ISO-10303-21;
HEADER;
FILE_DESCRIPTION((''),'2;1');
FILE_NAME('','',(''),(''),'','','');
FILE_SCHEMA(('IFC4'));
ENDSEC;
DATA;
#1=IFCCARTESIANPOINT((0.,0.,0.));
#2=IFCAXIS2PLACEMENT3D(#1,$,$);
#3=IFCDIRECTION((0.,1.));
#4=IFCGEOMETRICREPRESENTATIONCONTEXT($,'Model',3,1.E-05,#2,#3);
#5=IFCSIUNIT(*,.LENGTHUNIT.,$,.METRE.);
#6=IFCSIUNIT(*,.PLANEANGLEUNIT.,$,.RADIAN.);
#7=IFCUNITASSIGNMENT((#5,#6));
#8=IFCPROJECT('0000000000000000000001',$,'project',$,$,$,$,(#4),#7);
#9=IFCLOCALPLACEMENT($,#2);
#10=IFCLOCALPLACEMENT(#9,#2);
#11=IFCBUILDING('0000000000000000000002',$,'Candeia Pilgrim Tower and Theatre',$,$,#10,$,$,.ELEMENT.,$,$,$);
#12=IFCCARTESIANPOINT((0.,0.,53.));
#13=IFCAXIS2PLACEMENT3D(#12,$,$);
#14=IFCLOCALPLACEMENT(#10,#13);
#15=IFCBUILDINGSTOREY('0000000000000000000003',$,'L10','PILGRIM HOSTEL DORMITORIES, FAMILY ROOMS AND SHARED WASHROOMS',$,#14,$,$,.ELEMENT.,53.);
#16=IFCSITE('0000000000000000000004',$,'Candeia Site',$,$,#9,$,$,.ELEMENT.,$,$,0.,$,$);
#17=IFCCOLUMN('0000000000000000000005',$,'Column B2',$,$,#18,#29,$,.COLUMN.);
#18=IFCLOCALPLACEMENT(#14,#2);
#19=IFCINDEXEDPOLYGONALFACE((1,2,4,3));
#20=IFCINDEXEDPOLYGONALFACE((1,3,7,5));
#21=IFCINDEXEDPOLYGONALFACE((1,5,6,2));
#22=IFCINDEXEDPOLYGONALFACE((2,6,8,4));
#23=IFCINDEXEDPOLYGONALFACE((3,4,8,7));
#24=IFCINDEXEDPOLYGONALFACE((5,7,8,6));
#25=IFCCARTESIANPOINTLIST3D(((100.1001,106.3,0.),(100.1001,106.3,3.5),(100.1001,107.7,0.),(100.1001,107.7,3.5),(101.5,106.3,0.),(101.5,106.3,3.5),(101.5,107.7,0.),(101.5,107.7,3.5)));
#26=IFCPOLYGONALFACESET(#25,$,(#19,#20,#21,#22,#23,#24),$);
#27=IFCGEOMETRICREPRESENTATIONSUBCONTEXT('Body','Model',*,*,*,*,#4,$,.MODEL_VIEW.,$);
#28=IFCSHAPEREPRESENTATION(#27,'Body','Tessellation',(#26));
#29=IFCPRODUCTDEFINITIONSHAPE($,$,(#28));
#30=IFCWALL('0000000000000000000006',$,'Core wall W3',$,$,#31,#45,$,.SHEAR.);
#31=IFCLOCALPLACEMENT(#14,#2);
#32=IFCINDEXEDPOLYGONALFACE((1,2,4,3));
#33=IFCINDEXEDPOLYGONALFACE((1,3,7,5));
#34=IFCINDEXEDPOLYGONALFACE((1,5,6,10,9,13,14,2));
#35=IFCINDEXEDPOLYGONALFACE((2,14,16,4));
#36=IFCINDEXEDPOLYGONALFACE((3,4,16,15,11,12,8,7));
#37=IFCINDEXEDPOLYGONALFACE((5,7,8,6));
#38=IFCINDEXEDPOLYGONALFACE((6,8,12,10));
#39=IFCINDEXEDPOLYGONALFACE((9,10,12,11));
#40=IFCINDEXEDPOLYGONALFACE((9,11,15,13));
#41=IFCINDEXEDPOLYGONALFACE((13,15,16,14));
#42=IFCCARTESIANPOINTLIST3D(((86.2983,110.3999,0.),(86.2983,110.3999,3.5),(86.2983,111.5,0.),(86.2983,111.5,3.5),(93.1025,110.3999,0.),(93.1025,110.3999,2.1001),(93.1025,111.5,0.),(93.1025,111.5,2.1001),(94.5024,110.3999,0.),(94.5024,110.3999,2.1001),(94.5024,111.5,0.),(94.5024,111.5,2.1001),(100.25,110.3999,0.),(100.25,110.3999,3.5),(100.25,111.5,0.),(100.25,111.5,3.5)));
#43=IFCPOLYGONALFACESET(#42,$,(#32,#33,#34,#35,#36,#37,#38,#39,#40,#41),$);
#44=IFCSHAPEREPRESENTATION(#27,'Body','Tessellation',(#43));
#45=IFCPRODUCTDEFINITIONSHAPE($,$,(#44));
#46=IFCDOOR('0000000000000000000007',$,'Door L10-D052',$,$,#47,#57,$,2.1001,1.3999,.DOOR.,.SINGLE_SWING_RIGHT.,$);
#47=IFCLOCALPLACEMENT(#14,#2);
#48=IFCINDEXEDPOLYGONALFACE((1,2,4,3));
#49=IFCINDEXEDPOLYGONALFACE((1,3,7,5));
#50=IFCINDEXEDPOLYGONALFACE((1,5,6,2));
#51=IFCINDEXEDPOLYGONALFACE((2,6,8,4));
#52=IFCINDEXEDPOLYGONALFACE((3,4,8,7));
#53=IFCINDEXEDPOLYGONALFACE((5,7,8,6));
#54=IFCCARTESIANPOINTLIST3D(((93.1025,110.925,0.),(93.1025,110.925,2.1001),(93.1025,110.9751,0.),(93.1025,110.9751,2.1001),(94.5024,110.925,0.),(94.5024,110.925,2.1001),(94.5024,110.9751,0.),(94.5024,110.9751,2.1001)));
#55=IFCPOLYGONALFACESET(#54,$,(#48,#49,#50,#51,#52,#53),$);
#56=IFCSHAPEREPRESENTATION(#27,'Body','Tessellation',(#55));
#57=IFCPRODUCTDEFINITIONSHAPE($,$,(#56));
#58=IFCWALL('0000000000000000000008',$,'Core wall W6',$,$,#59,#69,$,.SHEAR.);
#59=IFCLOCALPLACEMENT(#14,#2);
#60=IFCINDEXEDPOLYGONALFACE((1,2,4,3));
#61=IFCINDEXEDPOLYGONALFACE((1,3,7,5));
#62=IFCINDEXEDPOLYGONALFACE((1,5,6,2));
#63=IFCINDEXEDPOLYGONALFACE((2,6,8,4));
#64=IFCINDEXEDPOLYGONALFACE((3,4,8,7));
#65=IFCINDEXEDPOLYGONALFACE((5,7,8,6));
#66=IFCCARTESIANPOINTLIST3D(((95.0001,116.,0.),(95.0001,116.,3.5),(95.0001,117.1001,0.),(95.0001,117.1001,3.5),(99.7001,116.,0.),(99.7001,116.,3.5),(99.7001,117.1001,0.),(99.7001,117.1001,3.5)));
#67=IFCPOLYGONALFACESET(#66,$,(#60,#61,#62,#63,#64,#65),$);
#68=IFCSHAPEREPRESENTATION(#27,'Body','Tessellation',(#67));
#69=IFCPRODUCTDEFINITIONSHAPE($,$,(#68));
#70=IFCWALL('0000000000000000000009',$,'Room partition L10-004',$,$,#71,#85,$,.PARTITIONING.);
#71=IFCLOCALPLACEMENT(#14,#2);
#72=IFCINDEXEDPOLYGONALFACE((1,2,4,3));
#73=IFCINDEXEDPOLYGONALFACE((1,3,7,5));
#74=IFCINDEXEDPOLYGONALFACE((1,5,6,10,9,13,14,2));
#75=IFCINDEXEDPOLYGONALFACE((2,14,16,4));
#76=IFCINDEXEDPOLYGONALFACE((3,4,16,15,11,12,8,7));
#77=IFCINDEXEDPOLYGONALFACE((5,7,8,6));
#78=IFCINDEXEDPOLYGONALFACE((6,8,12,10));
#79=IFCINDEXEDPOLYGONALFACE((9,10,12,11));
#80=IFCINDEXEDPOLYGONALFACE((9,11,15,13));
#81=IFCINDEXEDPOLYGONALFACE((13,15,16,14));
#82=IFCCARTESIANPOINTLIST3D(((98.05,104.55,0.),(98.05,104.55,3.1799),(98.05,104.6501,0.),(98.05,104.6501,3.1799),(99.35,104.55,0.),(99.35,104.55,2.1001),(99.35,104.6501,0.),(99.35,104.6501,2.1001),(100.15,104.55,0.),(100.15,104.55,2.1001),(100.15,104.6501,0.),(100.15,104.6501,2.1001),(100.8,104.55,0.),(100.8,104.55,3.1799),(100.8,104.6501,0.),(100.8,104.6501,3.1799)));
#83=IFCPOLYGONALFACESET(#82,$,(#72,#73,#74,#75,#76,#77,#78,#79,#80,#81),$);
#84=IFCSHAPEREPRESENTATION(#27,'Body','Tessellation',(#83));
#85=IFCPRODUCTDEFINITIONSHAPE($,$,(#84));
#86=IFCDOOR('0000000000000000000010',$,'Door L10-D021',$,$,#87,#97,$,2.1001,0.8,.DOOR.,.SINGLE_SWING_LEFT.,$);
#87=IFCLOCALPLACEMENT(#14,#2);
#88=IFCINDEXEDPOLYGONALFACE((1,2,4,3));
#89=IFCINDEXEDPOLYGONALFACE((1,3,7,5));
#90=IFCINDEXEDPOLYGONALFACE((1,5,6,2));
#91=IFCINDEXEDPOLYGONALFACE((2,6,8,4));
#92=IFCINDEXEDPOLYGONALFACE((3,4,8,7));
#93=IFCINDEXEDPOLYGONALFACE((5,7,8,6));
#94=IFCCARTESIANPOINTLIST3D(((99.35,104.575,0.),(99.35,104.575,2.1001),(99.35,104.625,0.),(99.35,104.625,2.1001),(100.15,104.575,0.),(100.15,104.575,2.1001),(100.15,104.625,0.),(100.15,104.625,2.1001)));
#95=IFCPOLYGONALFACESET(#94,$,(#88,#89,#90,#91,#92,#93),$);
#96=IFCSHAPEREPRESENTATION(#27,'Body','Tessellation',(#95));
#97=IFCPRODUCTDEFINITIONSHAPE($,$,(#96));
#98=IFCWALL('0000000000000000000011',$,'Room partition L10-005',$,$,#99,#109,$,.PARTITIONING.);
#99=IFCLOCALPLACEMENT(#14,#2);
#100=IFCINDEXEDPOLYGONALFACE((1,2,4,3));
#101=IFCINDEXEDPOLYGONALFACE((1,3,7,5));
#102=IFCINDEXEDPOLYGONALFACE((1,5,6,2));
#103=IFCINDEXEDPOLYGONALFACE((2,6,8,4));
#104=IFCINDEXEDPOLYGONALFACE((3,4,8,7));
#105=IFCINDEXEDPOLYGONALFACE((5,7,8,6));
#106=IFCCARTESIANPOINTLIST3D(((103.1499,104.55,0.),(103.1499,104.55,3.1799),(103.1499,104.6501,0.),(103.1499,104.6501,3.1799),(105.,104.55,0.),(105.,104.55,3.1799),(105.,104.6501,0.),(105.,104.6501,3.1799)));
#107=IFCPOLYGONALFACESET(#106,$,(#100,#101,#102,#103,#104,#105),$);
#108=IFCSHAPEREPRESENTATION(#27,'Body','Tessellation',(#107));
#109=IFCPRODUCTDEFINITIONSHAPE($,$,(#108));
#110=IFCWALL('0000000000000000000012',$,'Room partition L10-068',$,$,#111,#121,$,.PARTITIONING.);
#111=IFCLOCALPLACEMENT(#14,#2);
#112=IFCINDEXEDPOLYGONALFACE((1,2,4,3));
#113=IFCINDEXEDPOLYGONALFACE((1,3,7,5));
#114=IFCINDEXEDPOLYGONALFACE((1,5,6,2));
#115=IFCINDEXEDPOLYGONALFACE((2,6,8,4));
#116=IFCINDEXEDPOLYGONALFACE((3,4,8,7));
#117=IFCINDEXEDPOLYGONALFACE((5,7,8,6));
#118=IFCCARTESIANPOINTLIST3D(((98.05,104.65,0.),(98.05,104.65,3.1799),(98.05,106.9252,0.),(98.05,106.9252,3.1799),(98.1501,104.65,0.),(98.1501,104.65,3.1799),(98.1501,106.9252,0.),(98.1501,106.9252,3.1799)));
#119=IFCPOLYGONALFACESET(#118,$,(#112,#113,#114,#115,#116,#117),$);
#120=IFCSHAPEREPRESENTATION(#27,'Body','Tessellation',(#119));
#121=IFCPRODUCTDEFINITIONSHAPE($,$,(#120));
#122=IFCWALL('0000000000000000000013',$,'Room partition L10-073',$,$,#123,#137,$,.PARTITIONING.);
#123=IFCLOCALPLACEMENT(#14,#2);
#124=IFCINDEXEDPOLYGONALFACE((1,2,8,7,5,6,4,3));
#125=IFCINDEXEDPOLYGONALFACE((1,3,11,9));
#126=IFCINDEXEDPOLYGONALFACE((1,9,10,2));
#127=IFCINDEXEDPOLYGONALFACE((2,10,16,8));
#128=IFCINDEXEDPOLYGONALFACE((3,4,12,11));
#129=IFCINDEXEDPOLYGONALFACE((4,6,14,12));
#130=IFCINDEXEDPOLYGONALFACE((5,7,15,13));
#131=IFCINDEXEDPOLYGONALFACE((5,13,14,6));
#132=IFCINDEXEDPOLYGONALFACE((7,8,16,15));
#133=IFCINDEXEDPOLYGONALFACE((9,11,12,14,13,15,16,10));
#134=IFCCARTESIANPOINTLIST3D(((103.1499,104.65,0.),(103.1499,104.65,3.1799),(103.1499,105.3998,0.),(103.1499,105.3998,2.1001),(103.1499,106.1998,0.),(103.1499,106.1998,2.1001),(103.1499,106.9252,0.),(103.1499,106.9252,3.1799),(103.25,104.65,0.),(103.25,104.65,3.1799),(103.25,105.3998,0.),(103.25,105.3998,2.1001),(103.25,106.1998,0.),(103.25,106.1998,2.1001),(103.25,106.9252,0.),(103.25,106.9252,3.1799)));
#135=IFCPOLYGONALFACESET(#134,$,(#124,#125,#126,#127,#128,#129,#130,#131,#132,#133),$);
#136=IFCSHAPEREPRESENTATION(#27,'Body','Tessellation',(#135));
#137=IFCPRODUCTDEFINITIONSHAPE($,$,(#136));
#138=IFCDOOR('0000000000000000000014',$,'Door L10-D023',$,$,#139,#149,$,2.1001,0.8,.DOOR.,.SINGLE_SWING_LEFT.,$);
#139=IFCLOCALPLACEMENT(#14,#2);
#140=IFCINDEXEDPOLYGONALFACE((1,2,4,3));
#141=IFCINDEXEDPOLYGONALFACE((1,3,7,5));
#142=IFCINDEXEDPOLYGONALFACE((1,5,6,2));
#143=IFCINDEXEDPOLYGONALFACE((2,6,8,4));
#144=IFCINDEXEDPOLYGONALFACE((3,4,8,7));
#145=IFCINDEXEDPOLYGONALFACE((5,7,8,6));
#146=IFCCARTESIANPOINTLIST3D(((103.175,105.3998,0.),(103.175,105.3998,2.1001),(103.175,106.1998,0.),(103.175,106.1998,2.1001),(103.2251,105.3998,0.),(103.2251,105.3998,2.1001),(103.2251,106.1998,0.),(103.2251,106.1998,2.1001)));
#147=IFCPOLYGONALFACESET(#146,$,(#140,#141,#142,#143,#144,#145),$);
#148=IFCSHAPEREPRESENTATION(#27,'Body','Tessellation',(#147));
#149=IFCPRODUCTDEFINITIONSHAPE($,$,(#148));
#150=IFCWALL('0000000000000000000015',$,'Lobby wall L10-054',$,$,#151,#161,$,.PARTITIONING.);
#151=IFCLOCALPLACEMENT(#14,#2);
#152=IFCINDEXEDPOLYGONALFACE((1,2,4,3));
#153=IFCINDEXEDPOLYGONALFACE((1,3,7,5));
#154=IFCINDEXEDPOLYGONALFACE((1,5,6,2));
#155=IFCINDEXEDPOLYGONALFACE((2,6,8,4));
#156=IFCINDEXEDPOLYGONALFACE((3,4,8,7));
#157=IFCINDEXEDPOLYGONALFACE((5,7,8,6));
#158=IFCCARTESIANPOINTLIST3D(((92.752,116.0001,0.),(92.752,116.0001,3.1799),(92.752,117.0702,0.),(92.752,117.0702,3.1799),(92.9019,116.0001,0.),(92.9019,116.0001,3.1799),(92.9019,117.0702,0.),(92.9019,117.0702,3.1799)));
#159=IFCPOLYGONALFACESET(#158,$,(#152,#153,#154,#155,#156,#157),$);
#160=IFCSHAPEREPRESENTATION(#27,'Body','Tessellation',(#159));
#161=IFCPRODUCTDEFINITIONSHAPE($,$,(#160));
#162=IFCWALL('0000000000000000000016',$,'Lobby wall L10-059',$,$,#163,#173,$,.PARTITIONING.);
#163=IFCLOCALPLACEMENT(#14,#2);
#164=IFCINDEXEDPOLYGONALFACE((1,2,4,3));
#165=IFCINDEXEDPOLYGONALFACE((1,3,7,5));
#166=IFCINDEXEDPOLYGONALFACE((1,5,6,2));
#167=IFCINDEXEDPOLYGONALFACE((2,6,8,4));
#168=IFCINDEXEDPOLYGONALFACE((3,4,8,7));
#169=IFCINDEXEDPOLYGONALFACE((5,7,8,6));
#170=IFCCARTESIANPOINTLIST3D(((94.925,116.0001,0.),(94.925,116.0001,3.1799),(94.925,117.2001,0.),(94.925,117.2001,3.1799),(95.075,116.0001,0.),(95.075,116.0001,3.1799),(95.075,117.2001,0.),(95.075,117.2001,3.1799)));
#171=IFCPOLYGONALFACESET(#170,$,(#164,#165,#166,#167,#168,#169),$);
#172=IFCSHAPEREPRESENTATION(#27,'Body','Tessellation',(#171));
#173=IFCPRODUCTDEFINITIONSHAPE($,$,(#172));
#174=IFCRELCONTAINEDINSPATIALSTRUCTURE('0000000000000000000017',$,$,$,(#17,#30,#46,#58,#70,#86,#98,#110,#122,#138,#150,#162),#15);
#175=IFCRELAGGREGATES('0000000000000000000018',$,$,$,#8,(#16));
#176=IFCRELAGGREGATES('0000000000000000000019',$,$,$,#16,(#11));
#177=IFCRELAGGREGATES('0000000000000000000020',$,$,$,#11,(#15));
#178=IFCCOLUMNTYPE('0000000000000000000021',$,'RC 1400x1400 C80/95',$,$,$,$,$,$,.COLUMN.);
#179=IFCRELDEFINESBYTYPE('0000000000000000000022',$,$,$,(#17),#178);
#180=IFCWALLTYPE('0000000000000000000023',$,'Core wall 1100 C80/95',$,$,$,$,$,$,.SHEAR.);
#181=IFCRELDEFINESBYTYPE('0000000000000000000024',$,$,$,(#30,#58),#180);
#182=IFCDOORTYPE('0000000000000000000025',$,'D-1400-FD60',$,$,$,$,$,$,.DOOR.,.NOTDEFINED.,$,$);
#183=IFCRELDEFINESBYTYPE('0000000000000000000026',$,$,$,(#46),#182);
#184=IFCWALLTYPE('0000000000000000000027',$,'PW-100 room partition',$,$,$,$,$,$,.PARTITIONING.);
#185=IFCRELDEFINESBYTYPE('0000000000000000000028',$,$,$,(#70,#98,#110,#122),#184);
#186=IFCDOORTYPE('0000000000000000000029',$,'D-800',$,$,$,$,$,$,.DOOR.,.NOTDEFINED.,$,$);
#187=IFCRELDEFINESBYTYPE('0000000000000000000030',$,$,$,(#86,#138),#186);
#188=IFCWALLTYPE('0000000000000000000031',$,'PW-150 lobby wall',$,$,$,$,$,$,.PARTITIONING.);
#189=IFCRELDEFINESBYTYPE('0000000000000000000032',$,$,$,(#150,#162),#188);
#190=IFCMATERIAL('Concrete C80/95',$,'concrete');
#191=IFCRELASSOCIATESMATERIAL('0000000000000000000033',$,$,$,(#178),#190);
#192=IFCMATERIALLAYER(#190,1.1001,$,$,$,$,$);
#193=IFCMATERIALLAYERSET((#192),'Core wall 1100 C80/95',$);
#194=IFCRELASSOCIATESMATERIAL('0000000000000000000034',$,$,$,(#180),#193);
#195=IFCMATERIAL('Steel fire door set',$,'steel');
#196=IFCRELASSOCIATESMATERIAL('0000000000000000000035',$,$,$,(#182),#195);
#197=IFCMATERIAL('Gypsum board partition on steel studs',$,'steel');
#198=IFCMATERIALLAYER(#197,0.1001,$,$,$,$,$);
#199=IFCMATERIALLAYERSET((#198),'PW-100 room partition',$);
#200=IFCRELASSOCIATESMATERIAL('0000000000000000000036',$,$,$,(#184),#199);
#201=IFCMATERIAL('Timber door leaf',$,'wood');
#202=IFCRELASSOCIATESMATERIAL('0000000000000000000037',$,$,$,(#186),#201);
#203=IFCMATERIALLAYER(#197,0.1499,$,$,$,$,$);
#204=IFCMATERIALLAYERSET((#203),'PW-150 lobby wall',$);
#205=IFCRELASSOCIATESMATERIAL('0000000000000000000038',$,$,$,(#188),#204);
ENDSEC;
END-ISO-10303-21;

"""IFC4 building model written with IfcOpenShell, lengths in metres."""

from ifc_helpers import new_model, si_unit, direction, frame, frame_2d, origin, origin_2d, place, context, subcontext, project, spatial, rectangle, extrude, material, layer, layer_set, material_profile, profile_set, type_object, element, fill, save


model = new_model("IFC4")

# Units and contexts
model_context = context("Model", 3, precision=1e-05, world=origin(), true_north=direction((0.0, 1.0)))
body_context = subcontext(model_context, "Body", "Model", "MODEL_VIEW")
ifc_project = project(units=[si_unit("LENGTHUNIT", "METRE"), si_unit("PLANEANGLEUNIT", "RADIAN")], contexts=[model_context])

# Site, building, storey
site_placement = place(None, origin())
site = spatial("IfcSite", under=ifc_project, at=site_placement, Name="Candeia Site", CompositionType="ELEMENT", RefElevation=0.0)
building_placement = place(site_placement, origin())
building = spatial("IfcBuilding", under=site, at=building_placement, Name="Candeia Pilgrim Tower and Theatre", CompositionType="ELEMENT")
storey_placement = place(building_placement, frame((0.0, 0.0, 53.0)))
storey = spatial("IfcBuildingStorey", under=building, at=storey_placement, Name="L10", Description="PILGRIM HOSTEL DORMITORIES, FAMILY ROOMS AND SHARED WASHROOMS", CompositionType="ELEMENT", Elevation=53.0)

# Column
ifc_material_1 = material(Name="Concrete C80/95", Category="concrete")
ifc_material_profile = material_profile(ifc_material_1, rectangle(XDim=1.3999, YDim=1.3999, at=origin_2d()))
ifc_profile_set = profile_set([ifc_material_profile], Name="Concrete C80/95")
column_type = type_object("IfcColumnType", Name="RC 1400x1400 C80/95", PredefinedType="COLUMN", material=ifc_profile_set)
column_placement = place(storey_placement, frame((100.8, 107.0, 0.0), z_axis=(0.0, 0.0, 1.0), x_axis=(1.0, 0.0, 0.0)))
element("IfcColumn", 1, at=column_placement, inside=storey, type_object=column_type, Name="Column B2", PredefinedType="COLUMN", context=body_context, shape_type="SweptSolid", body=[
    extrude(rectangle(XDim=1.3999, YDim=1.3999, at=origin_2d()), origin(), (0.0, 0.0, 1.0), 3.5),
])

# Wall, opening, door
ifc_layer_1 = layer(ifc_material_1, 1.1001)
ifc_layer_set_1 = layer_set([ifc_layer_1], Name="Core wall 1100 C80/95")
wall_type_1 = type_object("IfcWallType", Name="Core wall 1100 C80/95", PredefinedType="SHEAR", material=ifc_layer_set_1)
wall_1_placement = place(storey_placement, frame((100.25, 110.95, 0.0), z_axis=(0.0, 0.0, 1.0), x_axis=(-1.0, 0.0, 0.0)))
wall_1 = element("IfcWall", 2, at=wall_1_placement, inside=storey, type_object=wall_type_1, Name="Core wall W3", PredefinedType="SHEAR", context=body_context, shape_type="SweptSolid", body=[
    extrude(rectangle(XDim=13.9517, YDim=1.1001, at=frame_2d((6.9758, 0.0))), origin(), (0.0, 0.0, 1.0), 3.5),
])
opening_1_placement = place(wall_1_placement, frame((5.7476, 0.0, 0.0)))
opening_1 = element("IfcOpeningElement", 3, at=opening_1_placement, cuts=wall_1, PredefinedType="OPENING", context=body_context, shape_type="SweptSolid", body=[
    extrude(rectangle(XDim=1.3999, YDim=2.1001, at=frame_2d((0.7, 1.05))), frame((0.0, 0.5601, 0.0), z_axis=(0.0, -1.0, 0.0), x_axis=(1.0, 0.0, 0.0)), (0.0, 0.0, 1.0), 1.1201),
])
ifc_material_2 = material(Name="Steel fire door set", Category="steel")
door_type_1 = type_object("IfcDoorType", Name="D-1400-FD60", OperationType="NOTDEFINED", PredefinedType="DOOR", material=ifc_material_2)
door_1_placement = place(opening_1_placement, origin())
door_1 = element("IfcDoor", 4, at=door_1_placement, inside=storey, type_object=door_type_1, Name="Door L10-D052", OperationType="SINGLE_SWING_RIGHT", OverallHeight=2.1001, OverallWidth=1.3999, PredefinedType="DOOR", context=body_context, shape_type="SweptSolid", body=[
    extrude(rectangle(XDim=1.3999, YDim=2.1001, at=frame_2d((0.7, 1.05))), frame((0.0, 0.0249, 0.0), z_axis=(0.0, -1.0, 0.0), x_axis=(1.0, 0.0, 0.0)), (0.0, 0.0, 1.0), 0.05),
])
fill(opening_1, door_1)

# Wall
wall_2_placement = place(storey_placement, frame((95.0, 116.55, 0.0), z_axis=(0.0, 0.0, 1.0), x_axis=(1.0, 0.0, 0.0)))
element("IfcWall", 5, at=wall_2_placement, inside=storey, type_object=wall_type_1, Name="Core wall W6", PredefinedType="SHEAR", context=body_context, shape_type="SweptSolid", body=[
    extrude(rectangle(XDim=4.7, YDim=1.1001, at=frame_2d((2.3501, 0.0))), origin(), (0.0, 0.0, 1.0), 3.5),
])

# Wall, opening, door
ifc_material_3 = material(Name="Gypsum board partition on steel studs", Category="steel")
ifc_layer_2 = layer(ifc_material_3, 0.1001)
ifc_layer_set_2 = layer_set([ifc_layer_2], Name="PW-100 room partition")
wall_type_2 = type_object("IfcWallType", Name="PW-100 room partition", PredefinedType="PARTITIONING", material=ifc_layer_set_2)
wall_3_placement = place(storey_placement, frame((98.05, 104.6001, 0.0), z_axis=(0.0, 0.0, 1.0), x_axis=(1.0, 0.0, 0.0)))
wall_3 = element("IfcWall", 6, at=wall_3_placement, inside=storey, type_object=wall_type_2, Name="Room partition L10-004", PredefinedType="PARTITIONING", context=body_context, shape_type="SweptSolid", body=[
    extrude(rectangle(XDim=2.75, YDim=0.1001, at=frame_2d((1.375, 0.0))), origin(), (0.0, 0.0, 1.0), 3.1799),
])
opening_2_placement = place(wall_3_placement, frame((1.3, 0.0, 0.0)))
opening_2 = element("IfcOpeningElement", 7, at=opening_2_placement, cuts=wall_3, PredefinedType="OPENING", context=body_context, shape_type="SweptSolid", body=[
    extrude(rectangle(XDim=0.8, YDim=2.1001, at=frame_2d((0.3999, 1.05))), frame((0.0, 0.0601, 0.0), z_axis=(0.0, -1.0, 0.0), x_axis=(1.0, 0.0, 0.0)), (0.0, 0.0, 1.0), 0.1201),
])
ifc_material_4 = material(Name="Timber door leaf", Category="wood")
door_type_2 = type_object("IfcDoorType", Name="D-800", OperationType="NOTDEFINED", PredefinedType="DOOR", material=ifc_material_4)
door_2_placement = place(opening_2_placement, origin())
door_2 = element("IfcDoor", 8, at=door_2_placement, inside=storey, type_object=door_type_2, Name="Door L10-D021", OperationType="SINGLE_SWING_LEFT", OverallHeight=2.1001, OverallWidth=0.8, PredefinedType="DOOR", context=body_context, shape_type="SweptSolid", body=[
    extrude(rectangle(XDim=0.8, YDim=2.1001, at=frame_2d((0.3999, 1.05))), frame((0.0, 0.0249, 0.0), z_axis=(0.0, -1.0, 0.0), x_axis=(1.0, 0.0, 0.0)), (0.0, 0.0, 1.0), 0.05),
])
fill(opening_2, door_2)

# Walls
wall_4_placement = place(storey_placement, frame((103.1499, 104.6001, 0.0), z_axis=(0.0, 0.0, 1.0), x_axis=(1.0, 0.0, 0.0)))
element("IfcWall", 9, at=wall_4_placement, inside=storey, type_object=wall_type_2, Name="Room partition L10-005", PredefinedType="PARTITIONING", context=body_context, shape_type="SweptSolid", body=[
    extrude(rectangle(XDim=1.8501, YDim=0.1001, at=frame_2d((0.925, 0.0))), origin(), (0.0, 0.0, 1.0), 3.1799),
])
wall_5_placement = place(storey_placement, frame((98.1001, 104.6499, 0.0), z_axis=(0.0, 0.0, 1.0), x_axis=(0.0, 1.0, 0.0)))
element("IfcWall", 10, at=wall_5_placement, inside=storey, type_object=wall_type_2, Name="Room partition L10-068", PredefinedType="PARTITIONING", context=body_context, shape_type="SweptSolid", body=[
    extrude(rectangle(XDim=2.2751, YDim=0.1001, at=frame_2d((1.1377, 0.0))), origin(), (0.0, 0.0, 1.0), 3.1799),
])

# Wall, opening, door
wall_6_placement = place(storey_placement, frame((103.2, 104.6499, 0.0), z_axis=(0.0, 0.0, 1.0), x_axis=(0.0, 1.0, 0.0)))
wall_6 = element("IfcWall", 11, at=wall_6_placement, inside=storey, type_object=wall_type_2, Name="Room partition L10-073", PredefinedType="PARTITIONING", context=body_context, shape_type="SweptSolid", body=[
    extrude(rectangle(XDim=2.2751, YDim=0.1001, at=frame_2d((1.1377, 0.0))), origin(), (0.0, 0.0, 1.0), 3.1799),
])
opening_3_placement = place(wall_6_placement, frame((0.75, 0.0, 0.0)))
opening_3 = element("IfcOpeningElement", 12, at=opening_3_placement, cuts=wall_6, PredefinedType="OPENING", context=body_context, shape_type="SweptSolid", body=[
    extrude(rectangle(XDim=0.8, YDim=2.1001, at=frame_2d((0.3999, 1.05))), frame((0.0, 0.0601, 0.0), z_axis=(0.0, -1.0, 0.0), x_axis=(1.0, 0.0, 0.0)), (0.0, 0.0, 1.0), 0.1201),
])
door_3_placement = place(opening_3_placement, origin())
door_3 = element("IfcDoor", 13, at=door_3_placement, inside=storey, type_object=door_type_2, Name="Door L10-D023", OperationType="SINGLE_SWING_LEFT", OverallHeight=2.1001, OverallWidth=0.8, PredefinedType="DOOR", context=body_context, shape_type="SweptSolid", body=[
    extrude(rectangle(XDim=0.8, YDim=2.1001, at=frame_2d((0.3999, 1.05))), frame((0.0, 0.0249, 0.0), z_axis=(0.0, -1.0, 0.0), x_axis=(1.0, 0.0, 0.0)), (0.0, 0.0, 1.0), 0.05),
])
fill(opening_3, door_3)

# Walls
ifc_layer_3 = layer(ifc_material_3, 0.1499)
ifc_layer_set_3 = layer_set([ifc_layer_3], Name="PW-150 lobby wall")
wall_type_3 = type_object("IfcWallType", Name="PW-150 lobby wall", PredefinedType="PARTITIONING", material=ifc_layer_set_3)
wall_7_placement = place(storey_placement, frame((92.8269, 116.0, 0.0), z_axis=(0.0, 0.0, 1.0), x_axis=(0.0, 1.0, 0.0)))
element("IfcWall", 14, at=wall_7_placement, inside=storey, type_object=wall_type_3, Name="Lobby wall L10-054", PredefinedType="PARTITIONING", context=body_context, shape_type="SweptSolid", body=[
    extrude(rectangle(XDim=1.0701, YDim=0.1499, at=frame_2d((0.5352, 0.0))), origin(), (0.0, 0.0, 1.0), 3.1799),
])
wall_8_placement = place(storey_placement, frame((95.0, 116.0, 0.0), z_axis=(0.0, 0.0, 1.0), x_axis=(0.0, 1.0, 0.0)))
element("IfcWall", 15, at=wall_8_placement, inside=storey, type_object=wall_type_3, Name="Lobby wall L10-059", PredefinedType="PARTITIONING", context=body_context, shape_type="SweptSolid", body=[
    extrude(rectangle(XDim=1.2, YDim=0.1499, at=frame_2d((0.6001, 0.0))), origin(), (0.0, 0.0, 1.0), 3.1799),
])

save(model, "model.ifc")
